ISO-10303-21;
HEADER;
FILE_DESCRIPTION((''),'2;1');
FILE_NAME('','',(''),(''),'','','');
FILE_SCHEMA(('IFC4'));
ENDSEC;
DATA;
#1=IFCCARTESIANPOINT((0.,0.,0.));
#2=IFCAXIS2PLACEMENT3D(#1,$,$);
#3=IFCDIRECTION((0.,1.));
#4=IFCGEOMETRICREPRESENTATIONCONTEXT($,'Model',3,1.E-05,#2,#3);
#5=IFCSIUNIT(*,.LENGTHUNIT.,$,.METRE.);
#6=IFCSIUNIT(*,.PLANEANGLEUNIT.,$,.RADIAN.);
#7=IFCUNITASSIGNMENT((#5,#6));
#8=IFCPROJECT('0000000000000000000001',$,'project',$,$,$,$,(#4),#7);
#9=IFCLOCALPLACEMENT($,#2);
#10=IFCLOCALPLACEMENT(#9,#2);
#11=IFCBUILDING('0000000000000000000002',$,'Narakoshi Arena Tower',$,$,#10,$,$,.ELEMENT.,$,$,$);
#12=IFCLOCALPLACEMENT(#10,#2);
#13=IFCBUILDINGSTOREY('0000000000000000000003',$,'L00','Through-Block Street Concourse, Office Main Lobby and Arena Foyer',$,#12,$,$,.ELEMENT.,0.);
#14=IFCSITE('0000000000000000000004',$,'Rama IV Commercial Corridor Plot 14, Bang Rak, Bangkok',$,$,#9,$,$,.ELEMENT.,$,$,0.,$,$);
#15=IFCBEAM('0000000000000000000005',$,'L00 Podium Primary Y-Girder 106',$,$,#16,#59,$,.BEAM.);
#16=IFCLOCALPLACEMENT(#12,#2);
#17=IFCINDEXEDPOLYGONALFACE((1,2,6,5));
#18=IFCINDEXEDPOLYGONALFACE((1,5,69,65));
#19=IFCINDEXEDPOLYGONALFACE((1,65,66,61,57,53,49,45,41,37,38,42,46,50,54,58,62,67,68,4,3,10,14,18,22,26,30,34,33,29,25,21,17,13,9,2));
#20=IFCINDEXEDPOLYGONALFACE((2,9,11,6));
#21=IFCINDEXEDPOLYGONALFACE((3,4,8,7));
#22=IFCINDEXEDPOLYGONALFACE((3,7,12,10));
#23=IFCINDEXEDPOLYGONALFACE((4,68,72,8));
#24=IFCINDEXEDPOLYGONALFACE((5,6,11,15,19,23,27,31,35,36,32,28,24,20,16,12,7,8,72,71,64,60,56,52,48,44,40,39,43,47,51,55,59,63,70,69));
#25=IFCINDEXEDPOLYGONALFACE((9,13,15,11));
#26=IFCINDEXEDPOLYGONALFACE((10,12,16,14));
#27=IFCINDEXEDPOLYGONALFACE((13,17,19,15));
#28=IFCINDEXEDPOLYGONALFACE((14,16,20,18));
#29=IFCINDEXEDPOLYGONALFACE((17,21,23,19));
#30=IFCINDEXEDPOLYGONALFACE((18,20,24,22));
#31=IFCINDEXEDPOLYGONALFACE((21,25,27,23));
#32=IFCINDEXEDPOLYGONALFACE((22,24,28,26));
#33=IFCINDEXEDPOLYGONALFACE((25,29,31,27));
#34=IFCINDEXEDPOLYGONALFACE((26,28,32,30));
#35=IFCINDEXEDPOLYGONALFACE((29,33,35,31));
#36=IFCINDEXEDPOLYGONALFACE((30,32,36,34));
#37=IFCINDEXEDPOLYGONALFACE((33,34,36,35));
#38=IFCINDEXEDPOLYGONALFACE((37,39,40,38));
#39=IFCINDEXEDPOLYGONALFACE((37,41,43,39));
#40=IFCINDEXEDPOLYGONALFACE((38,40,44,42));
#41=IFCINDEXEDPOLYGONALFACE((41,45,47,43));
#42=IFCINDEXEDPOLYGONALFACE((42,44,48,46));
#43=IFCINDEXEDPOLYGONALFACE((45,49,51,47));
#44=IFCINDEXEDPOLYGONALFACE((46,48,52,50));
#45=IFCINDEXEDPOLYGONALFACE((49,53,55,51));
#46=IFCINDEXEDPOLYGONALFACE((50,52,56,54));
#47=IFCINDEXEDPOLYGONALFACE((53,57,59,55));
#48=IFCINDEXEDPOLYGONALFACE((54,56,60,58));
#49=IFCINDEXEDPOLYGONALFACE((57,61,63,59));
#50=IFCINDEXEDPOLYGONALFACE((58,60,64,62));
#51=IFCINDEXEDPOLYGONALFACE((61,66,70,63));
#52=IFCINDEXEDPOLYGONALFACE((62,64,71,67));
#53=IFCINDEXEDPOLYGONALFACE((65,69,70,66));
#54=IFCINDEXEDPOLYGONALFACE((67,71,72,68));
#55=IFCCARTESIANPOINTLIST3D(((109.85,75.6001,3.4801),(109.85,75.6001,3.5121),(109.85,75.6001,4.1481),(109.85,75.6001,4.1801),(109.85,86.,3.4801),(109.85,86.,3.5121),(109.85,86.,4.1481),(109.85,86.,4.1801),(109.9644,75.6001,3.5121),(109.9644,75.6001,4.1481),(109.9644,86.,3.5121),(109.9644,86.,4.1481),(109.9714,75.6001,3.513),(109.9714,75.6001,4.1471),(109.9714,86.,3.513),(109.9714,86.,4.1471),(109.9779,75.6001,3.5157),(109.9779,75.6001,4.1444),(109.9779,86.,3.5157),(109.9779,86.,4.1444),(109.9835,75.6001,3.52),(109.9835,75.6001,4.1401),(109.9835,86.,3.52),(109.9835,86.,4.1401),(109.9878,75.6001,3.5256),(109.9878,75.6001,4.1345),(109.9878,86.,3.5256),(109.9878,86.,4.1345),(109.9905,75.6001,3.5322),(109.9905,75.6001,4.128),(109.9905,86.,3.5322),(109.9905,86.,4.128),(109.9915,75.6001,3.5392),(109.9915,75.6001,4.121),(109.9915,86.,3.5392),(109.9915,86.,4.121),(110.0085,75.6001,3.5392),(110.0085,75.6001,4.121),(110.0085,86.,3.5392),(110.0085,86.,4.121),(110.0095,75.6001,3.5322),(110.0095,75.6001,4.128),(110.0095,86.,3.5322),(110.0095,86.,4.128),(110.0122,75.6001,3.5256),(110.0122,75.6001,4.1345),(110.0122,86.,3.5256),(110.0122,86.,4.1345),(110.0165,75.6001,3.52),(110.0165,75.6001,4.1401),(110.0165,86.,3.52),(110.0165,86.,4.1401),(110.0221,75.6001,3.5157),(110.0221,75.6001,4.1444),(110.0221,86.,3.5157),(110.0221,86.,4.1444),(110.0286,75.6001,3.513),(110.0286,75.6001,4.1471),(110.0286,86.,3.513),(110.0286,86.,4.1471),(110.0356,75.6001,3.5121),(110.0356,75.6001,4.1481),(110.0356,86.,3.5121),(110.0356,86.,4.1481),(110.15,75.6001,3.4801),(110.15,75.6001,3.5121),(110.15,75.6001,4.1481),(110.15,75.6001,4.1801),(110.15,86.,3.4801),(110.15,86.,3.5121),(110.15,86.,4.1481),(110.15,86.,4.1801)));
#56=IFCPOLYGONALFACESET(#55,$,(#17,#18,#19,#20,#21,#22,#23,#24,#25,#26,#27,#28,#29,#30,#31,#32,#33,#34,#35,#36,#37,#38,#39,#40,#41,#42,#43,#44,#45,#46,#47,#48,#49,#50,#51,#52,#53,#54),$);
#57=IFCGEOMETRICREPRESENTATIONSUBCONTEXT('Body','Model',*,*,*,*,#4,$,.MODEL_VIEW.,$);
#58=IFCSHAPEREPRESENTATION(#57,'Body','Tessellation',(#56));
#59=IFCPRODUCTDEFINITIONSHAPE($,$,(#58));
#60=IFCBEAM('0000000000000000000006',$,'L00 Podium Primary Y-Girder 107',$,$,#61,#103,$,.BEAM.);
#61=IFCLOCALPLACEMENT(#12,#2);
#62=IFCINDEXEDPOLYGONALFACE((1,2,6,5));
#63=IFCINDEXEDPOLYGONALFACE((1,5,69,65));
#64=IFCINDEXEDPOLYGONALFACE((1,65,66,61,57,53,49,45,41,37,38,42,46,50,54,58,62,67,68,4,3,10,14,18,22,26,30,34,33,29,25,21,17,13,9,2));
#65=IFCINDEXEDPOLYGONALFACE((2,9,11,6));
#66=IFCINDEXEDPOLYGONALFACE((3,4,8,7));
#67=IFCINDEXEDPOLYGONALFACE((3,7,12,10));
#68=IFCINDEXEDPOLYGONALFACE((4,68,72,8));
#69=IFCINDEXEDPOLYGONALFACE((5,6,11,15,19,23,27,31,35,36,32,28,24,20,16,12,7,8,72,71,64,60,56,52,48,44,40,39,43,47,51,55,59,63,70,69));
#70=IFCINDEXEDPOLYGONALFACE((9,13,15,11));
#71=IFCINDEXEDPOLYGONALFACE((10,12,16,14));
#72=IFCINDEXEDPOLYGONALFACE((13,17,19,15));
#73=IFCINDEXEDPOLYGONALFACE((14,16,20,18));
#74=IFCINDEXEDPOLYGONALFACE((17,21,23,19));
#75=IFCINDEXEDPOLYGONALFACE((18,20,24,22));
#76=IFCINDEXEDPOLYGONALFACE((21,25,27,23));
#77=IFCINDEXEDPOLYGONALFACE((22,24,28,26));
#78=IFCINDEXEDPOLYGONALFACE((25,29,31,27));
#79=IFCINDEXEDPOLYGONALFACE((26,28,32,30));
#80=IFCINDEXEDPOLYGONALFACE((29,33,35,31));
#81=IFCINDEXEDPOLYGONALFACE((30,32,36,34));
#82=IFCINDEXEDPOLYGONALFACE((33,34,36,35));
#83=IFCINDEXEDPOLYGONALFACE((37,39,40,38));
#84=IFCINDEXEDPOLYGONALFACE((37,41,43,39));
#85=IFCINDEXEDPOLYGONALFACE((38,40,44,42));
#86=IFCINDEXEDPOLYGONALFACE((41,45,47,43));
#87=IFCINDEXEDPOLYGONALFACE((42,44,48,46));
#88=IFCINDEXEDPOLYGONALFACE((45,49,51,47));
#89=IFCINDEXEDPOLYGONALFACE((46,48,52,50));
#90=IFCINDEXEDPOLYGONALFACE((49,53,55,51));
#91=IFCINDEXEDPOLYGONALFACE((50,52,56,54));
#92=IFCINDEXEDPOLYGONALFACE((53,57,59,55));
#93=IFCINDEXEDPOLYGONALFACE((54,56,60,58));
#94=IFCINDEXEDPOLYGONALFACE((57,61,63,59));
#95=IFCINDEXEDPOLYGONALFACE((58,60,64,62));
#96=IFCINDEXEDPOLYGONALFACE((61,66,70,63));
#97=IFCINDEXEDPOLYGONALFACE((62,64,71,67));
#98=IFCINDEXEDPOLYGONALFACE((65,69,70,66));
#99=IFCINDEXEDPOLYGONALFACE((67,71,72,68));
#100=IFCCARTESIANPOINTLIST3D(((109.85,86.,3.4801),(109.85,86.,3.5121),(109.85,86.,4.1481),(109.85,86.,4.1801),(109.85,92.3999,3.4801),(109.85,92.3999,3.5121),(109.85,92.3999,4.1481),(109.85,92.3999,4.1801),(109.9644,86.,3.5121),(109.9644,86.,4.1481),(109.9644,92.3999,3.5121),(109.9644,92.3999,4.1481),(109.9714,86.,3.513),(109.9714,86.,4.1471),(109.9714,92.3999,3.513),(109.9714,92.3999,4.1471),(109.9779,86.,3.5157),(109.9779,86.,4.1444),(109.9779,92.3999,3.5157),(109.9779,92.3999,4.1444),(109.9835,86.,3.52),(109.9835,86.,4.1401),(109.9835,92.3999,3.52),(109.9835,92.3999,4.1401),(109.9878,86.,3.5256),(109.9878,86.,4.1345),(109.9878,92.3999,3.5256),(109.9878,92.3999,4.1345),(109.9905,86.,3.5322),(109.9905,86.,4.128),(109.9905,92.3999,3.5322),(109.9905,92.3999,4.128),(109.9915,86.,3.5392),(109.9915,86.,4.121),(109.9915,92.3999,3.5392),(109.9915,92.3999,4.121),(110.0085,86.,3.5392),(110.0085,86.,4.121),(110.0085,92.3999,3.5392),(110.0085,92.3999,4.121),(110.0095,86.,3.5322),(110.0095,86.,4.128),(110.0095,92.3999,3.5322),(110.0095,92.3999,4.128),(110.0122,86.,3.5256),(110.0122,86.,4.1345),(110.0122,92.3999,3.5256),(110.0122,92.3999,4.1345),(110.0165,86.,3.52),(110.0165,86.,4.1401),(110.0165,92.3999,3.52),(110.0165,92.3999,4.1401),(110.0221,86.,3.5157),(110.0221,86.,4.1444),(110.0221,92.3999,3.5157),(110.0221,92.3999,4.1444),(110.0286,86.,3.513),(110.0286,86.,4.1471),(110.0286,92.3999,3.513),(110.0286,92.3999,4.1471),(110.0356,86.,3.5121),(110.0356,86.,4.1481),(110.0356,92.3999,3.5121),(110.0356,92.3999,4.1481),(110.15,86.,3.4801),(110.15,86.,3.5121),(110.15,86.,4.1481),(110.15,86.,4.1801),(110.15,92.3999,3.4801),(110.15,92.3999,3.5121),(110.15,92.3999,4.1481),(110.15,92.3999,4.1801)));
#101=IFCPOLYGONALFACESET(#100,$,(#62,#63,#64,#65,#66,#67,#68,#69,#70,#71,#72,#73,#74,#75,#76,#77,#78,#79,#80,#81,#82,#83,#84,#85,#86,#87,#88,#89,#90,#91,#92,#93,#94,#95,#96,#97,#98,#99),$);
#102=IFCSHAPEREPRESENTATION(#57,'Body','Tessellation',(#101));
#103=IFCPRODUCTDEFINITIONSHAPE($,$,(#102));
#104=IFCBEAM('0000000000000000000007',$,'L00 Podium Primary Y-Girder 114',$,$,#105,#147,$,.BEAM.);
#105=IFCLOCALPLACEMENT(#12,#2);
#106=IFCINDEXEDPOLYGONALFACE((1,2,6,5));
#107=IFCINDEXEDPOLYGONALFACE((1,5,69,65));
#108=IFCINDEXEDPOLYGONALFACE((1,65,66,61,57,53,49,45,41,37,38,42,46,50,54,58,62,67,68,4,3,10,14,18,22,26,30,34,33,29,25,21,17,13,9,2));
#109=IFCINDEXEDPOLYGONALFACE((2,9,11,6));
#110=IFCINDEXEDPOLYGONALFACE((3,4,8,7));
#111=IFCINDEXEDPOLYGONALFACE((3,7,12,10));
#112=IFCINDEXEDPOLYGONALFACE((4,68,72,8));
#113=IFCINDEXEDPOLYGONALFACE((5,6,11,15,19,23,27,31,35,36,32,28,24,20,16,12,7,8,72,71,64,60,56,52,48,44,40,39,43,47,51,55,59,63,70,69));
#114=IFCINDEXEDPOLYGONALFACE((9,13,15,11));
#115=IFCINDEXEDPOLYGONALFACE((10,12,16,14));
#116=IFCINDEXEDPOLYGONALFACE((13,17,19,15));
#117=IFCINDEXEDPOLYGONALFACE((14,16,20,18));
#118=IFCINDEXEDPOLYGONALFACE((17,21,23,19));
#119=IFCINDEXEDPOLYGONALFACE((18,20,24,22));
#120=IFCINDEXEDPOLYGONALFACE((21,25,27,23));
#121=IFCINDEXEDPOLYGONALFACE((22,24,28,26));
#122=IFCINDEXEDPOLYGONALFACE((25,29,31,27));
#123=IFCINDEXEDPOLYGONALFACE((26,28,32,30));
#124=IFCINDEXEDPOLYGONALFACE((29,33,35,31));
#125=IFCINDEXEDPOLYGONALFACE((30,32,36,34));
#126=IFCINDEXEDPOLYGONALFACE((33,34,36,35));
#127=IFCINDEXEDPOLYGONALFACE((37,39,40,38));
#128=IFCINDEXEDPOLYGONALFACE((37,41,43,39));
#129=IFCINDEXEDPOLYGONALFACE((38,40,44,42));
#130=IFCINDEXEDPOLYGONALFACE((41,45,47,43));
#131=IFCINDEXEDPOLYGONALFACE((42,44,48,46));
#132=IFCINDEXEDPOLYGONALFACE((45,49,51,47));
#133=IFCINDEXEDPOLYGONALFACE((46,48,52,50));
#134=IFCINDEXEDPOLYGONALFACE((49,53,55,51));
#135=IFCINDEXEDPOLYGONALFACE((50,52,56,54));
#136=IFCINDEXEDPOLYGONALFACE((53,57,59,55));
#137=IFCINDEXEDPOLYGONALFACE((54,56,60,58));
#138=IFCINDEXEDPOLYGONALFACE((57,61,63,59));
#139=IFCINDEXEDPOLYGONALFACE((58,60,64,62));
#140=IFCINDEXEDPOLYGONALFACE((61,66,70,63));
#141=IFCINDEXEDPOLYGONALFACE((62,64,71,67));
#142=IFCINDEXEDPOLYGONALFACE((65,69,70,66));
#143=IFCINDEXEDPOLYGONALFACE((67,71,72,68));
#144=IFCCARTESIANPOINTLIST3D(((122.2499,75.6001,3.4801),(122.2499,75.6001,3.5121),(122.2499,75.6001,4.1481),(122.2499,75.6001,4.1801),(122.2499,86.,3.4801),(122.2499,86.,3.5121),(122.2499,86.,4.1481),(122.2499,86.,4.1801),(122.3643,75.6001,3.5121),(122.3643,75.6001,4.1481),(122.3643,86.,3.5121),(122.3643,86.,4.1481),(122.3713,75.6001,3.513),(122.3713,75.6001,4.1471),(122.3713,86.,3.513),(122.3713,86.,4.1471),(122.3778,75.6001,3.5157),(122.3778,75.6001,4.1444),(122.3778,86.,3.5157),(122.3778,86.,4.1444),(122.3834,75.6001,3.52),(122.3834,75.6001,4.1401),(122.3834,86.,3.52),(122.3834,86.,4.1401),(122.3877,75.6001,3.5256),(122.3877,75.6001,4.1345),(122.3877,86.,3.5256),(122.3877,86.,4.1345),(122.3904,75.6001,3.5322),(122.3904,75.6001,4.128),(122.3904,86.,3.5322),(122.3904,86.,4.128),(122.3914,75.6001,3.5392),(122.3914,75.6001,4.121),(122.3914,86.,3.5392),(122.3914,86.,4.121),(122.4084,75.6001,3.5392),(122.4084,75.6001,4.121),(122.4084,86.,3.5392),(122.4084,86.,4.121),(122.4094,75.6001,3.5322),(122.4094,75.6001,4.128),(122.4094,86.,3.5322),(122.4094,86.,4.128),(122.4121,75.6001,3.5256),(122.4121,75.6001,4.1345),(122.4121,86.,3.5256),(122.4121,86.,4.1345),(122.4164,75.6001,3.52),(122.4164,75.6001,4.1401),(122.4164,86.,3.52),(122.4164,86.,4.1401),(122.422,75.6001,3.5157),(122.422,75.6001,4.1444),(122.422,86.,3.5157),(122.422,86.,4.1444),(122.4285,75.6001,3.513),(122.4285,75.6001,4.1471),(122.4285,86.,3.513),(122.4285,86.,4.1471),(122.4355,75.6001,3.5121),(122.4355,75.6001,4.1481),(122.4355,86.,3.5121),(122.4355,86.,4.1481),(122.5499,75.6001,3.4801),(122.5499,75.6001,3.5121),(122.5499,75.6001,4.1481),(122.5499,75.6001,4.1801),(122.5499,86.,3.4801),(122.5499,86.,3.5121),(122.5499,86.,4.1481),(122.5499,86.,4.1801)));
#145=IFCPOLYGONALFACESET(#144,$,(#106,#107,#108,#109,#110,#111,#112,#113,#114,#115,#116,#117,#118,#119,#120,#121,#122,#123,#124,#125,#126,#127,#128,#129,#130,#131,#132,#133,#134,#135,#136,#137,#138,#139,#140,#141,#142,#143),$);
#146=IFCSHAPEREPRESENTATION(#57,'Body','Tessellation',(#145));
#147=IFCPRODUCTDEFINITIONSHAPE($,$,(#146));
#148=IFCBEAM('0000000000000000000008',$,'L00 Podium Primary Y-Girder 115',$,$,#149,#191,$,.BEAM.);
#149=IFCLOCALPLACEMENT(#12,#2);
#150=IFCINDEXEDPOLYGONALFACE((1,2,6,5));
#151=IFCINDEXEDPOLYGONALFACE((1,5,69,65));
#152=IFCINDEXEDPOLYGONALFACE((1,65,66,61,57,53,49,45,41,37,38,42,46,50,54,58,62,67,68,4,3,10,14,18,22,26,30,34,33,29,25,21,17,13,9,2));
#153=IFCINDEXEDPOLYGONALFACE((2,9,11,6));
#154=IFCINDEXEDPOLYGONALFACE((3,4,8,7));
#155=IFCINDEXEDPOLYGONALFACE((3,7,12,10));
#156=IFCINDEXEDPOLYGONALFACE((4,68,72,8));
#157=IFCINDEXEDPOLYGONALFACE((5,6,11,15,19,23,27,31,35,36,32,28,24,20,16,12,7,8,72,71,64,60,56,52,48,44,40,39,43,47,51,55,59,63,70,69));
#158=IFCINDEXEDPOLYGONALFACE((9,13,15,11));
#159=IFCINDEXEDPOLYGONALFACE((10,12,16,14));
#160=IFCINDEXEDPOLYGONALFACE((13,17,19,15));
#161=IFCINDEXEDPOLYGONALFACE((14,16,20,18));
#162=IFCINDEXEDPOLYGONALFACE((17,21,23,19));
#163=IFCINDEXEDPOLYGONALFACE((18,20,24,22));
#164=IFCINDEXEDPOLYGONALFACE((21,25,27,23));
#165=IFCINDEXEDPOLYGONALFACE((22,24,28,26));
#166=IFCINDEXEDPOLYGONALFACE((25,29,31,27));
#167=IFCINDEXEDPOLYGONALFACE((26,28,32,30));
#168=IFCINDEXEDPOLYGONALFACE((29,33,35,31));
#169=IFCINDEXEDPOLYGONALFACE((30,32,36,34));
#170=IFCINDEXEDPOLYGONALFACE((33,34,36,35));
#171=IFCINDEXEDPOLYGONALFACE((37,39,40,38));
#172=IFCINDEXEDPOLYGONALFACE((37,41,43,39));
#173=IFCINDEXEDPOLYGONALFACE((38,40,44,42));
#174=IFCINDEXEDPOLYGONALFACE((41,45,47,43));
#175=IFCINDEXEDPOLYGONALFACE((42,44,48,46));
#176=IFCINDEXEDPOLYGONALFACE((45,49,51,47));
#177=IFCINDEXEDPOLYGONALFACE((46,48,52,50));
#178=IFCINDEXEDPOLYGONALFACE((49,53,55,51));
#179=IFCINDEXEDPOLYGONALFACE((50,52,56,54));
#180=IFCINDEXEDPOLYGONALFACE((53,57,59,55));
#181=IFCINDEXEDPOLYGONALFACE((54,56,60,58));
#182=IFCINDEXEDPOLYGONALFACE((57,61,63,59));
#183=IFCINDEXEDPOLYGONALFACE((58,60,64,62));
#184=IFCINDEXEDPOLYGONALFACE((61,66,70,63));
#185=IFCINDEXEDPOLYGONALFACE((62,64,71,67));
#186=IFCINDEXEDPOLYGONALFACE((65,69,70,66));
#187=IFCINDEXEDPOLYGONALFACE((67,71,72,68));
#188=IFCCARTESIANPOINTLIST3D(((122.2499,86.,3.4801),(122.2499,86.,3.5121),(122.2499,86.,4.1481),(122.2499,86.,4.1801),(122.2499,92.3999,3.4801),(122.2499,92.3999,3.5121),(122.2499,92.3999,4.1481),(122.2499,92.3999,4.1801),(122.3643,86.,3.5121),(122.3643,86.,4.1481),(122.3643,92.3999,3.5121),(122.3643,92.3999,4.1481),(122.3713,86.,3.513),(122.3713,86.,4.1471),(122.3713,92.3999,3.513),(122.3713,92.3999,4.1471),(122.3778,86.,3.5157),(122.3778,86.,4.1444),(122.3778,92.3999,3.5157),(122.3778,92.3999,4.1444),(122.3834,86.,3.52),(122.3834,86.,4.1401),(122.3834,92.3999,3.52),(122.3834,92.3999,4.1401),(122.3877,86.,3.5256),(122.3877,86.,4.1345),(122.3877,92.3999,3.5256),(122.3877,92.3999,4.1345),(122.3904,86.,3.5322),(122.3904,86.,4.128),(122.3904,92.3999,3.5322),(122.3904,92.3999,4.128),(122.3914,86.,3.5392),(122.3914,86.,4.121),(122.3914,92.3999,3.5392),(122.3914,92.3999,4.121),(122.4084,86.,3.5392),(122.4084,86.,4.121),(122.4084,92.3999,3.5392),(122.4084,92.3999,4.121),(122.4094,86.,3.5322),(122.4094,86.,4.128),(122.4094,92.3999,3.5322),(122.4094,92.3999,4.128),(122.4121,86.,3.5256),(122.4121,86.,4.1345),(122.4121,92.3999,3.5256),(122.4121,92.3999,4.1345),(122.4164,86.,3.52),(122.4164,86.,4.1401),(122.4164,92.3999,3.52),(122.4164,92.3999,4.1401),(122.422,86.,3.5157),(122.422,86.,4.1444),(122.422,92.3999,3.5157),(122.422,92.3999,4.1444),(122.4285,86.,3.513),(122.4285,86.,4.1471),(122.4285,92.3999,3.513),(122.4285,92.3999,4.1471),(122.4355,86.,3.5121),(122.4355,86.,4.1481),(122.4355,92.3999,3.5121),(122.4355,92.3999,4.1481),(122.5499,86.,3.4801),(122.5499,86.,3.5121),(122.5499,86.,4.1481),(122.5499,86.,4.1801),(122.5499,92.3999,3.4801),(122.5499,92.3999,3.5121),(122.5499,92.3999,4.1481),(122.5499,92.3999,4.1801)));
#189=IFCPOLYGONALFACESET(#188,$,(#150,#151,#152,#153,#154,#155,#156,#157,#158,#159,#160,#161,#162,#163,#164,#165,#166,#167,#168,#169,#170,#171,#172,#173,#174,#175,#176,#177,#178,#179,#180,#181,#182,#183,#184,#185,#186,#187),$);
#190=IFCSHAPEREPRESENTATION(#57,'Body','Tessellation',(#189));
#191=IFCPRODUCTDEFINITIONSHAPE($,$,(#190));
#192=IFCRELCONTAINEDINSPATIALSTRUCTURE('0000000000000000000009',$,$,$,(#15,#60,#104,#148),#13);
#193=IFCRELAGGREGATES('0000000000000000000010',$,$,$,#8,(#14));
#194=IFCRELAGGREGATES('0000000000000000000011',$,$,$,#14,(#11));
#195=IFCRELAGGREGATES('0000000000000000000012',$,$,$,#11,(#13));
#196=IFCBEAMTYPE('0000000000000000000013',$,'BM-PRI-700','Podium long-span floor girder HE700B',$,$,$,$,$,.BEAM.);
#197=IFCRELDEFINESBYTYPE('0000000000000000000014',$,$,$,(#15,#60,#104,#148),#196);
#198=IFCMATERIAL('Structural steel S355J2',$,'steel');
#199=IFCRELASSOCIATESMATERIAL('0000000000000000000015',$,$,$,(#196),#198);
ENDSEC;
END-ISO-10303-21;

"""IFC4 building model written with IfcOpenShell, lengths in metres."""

from ifc_helpers import new_model, si_unit, direction, frame, origin, origin_2d, place, context, subcontext, project, spatial, i_section, extrude, material, material_profile, profile_set, type_object, element, save


model = new_model("IFC4")

# Units and contexts
model_context = context("Model", 3, precision=1e-05, world=origin(), true_north=direction((0.0, 1.0)))
body_context = subcontext(model_context, "Body", "Model", "MODEL_VIEW")
ifc_project = project(units=[si_unit("LENGTHUNIT", "METRE"), si_unit("PLANEANGLEUNIT", "RADIAN")], contexts=[model_context])

# Site, building, storey
site_placement = place(None, origin())
site = spatial("IfcSite", under=ifc_project, at=site_placement, Name="Rama IV Commercial Corridor Plot 14, Bang Rak, Bangkok", CompositionType="ELEMENT", RefElevation=0.0)
building_placement = place(site_placement, origin())
building = spatial("IfcBuilding", under=site, at=building_placement, Name="Narakoshi Arena Tower", CompositionType="ELEMENT")
storey_placement = place(building_placement, origin())
storey = spatial("IfcBuildingStorey", under=building, at=storey_placement, Name="L00", Description="Through-Block Street Concourse, Office Main Lobby and Arena Foyer", CompositionType="ELEMENT", Elevation=0.0)

# Beams
ifc_material_1 = material(Name="Structural steel S355J2", Category="steel")
ifc_material_profile_1 = material_profile(ifc_material_1, i_section(OverallWidth=0.3, OverallDepth=0.7, WebThickness=0.0171, FlangeThickness=0.032, FilletRadius=0.0271, at=origin_2d()), Name="HE700B")
ifc_profile_set_1 = profile_set([ifc_material_profile_1], Name="Structural steel S355J2")
beam_type_1 = type_object("IfcBeamType", Name="BM-PRI-700", Description="Podium long-span floor girder HE700B", PredefinedType="BEAM", material=ifc_profile_set_1)
beam_1_placement = place(storey_placement, frame((110.0, 75.6001, 3.8301), z_axis=(0.0, 1.0, 0.0), x_axis=(-1.0, 0.0, 0.0)))
element("IfcBeam", 1, at=beam_1_placement, inside=storey, type_object=beam_type_1, Name="L00 Podium Primary Y-Girder 106", PredefinedType="BEAM", context=body_context, shape_type="SweptSolid", body=[
    extrude(i_section(OverallWidth=0.3, OverallDepth=0.7, WebThickness=0.0171, FlangeThickness=0.032, FilletRadius=0.0271, at=origin_2d()), origin(), (0.0, 0.0, 1.0), 10.3999),
])
beam_2_placement = place(storey_placement, frame((110.0, 86.0, 3.8301), z_axis=(0.0, 1.0, 0.0), x_axis=(-1.0, 0.0, 0.0)))
element("IfcBeam", 2, at=beam_2_placement, inside=storey, type_object=beam_type_1, Name="L00 Podium Primary Y-Girder 107", PredefinedType="BEAM", context=body_context, shape_type="SweptSolid", body=[
    extrude(i_section(OverallWidth=0.3, OverallDepth=0.7, WebThickness=0.0171, FlangeThickness=0.032, FilletRadius=0.0271, at=origin_2d()), origin(), (0.0, 0.0, 1.0), 6.3999),
])
beam_3_placement = place(storey_placement, frame((122.3999, 75.6001, 3.8301), z_axis=(0.0, 1.0, 0.0), x_axis=(-1.0, 0.0, 0.0)))
element("IfcBeam", 3, at=beam_3_placement, inside=storey, type_object=beam_type_1, Name="L00 Podium Primary Y-Girder 114", PredefinedType="BEAM", context=body_context, shape_type="SweptSolid", body=[
    extrude(i_section(OverallWidth=0.3, OverallDepth=0.7, WebThickness=0.0171, FlangeThickness=0.032, FilletRadius=0.0271, at=origin_2d()), origin(), (0.0, 0.0, 1.0), 10.3999),
])
beam_4_placement = place(storey_placement, frame((122.3999, 86.0, 3.8301), z_axis=(0.0, 1.0, 0.0), x_axis=(-1.0, 0.0, 0.0)))
element("IfcBeam", 4, at=beam_4_placement, inside=storey, type_object=beam_type_1, Name="L00 Podium Primary Y-Girder 115", PredefinedType="BEAM", context=body_context, shape_type="SweptSolid", body=[
    extrude(i_section(OverallWidth=0.3, OverallDepth=0.7, WebThickness=0.0171, FlangeThickness=0.032, FilletRadius=0.0271, at=origin_2d()), origin(), (0.0, 0.0, 1.0), 6.3999),
])

save(model, "model.ifc")
